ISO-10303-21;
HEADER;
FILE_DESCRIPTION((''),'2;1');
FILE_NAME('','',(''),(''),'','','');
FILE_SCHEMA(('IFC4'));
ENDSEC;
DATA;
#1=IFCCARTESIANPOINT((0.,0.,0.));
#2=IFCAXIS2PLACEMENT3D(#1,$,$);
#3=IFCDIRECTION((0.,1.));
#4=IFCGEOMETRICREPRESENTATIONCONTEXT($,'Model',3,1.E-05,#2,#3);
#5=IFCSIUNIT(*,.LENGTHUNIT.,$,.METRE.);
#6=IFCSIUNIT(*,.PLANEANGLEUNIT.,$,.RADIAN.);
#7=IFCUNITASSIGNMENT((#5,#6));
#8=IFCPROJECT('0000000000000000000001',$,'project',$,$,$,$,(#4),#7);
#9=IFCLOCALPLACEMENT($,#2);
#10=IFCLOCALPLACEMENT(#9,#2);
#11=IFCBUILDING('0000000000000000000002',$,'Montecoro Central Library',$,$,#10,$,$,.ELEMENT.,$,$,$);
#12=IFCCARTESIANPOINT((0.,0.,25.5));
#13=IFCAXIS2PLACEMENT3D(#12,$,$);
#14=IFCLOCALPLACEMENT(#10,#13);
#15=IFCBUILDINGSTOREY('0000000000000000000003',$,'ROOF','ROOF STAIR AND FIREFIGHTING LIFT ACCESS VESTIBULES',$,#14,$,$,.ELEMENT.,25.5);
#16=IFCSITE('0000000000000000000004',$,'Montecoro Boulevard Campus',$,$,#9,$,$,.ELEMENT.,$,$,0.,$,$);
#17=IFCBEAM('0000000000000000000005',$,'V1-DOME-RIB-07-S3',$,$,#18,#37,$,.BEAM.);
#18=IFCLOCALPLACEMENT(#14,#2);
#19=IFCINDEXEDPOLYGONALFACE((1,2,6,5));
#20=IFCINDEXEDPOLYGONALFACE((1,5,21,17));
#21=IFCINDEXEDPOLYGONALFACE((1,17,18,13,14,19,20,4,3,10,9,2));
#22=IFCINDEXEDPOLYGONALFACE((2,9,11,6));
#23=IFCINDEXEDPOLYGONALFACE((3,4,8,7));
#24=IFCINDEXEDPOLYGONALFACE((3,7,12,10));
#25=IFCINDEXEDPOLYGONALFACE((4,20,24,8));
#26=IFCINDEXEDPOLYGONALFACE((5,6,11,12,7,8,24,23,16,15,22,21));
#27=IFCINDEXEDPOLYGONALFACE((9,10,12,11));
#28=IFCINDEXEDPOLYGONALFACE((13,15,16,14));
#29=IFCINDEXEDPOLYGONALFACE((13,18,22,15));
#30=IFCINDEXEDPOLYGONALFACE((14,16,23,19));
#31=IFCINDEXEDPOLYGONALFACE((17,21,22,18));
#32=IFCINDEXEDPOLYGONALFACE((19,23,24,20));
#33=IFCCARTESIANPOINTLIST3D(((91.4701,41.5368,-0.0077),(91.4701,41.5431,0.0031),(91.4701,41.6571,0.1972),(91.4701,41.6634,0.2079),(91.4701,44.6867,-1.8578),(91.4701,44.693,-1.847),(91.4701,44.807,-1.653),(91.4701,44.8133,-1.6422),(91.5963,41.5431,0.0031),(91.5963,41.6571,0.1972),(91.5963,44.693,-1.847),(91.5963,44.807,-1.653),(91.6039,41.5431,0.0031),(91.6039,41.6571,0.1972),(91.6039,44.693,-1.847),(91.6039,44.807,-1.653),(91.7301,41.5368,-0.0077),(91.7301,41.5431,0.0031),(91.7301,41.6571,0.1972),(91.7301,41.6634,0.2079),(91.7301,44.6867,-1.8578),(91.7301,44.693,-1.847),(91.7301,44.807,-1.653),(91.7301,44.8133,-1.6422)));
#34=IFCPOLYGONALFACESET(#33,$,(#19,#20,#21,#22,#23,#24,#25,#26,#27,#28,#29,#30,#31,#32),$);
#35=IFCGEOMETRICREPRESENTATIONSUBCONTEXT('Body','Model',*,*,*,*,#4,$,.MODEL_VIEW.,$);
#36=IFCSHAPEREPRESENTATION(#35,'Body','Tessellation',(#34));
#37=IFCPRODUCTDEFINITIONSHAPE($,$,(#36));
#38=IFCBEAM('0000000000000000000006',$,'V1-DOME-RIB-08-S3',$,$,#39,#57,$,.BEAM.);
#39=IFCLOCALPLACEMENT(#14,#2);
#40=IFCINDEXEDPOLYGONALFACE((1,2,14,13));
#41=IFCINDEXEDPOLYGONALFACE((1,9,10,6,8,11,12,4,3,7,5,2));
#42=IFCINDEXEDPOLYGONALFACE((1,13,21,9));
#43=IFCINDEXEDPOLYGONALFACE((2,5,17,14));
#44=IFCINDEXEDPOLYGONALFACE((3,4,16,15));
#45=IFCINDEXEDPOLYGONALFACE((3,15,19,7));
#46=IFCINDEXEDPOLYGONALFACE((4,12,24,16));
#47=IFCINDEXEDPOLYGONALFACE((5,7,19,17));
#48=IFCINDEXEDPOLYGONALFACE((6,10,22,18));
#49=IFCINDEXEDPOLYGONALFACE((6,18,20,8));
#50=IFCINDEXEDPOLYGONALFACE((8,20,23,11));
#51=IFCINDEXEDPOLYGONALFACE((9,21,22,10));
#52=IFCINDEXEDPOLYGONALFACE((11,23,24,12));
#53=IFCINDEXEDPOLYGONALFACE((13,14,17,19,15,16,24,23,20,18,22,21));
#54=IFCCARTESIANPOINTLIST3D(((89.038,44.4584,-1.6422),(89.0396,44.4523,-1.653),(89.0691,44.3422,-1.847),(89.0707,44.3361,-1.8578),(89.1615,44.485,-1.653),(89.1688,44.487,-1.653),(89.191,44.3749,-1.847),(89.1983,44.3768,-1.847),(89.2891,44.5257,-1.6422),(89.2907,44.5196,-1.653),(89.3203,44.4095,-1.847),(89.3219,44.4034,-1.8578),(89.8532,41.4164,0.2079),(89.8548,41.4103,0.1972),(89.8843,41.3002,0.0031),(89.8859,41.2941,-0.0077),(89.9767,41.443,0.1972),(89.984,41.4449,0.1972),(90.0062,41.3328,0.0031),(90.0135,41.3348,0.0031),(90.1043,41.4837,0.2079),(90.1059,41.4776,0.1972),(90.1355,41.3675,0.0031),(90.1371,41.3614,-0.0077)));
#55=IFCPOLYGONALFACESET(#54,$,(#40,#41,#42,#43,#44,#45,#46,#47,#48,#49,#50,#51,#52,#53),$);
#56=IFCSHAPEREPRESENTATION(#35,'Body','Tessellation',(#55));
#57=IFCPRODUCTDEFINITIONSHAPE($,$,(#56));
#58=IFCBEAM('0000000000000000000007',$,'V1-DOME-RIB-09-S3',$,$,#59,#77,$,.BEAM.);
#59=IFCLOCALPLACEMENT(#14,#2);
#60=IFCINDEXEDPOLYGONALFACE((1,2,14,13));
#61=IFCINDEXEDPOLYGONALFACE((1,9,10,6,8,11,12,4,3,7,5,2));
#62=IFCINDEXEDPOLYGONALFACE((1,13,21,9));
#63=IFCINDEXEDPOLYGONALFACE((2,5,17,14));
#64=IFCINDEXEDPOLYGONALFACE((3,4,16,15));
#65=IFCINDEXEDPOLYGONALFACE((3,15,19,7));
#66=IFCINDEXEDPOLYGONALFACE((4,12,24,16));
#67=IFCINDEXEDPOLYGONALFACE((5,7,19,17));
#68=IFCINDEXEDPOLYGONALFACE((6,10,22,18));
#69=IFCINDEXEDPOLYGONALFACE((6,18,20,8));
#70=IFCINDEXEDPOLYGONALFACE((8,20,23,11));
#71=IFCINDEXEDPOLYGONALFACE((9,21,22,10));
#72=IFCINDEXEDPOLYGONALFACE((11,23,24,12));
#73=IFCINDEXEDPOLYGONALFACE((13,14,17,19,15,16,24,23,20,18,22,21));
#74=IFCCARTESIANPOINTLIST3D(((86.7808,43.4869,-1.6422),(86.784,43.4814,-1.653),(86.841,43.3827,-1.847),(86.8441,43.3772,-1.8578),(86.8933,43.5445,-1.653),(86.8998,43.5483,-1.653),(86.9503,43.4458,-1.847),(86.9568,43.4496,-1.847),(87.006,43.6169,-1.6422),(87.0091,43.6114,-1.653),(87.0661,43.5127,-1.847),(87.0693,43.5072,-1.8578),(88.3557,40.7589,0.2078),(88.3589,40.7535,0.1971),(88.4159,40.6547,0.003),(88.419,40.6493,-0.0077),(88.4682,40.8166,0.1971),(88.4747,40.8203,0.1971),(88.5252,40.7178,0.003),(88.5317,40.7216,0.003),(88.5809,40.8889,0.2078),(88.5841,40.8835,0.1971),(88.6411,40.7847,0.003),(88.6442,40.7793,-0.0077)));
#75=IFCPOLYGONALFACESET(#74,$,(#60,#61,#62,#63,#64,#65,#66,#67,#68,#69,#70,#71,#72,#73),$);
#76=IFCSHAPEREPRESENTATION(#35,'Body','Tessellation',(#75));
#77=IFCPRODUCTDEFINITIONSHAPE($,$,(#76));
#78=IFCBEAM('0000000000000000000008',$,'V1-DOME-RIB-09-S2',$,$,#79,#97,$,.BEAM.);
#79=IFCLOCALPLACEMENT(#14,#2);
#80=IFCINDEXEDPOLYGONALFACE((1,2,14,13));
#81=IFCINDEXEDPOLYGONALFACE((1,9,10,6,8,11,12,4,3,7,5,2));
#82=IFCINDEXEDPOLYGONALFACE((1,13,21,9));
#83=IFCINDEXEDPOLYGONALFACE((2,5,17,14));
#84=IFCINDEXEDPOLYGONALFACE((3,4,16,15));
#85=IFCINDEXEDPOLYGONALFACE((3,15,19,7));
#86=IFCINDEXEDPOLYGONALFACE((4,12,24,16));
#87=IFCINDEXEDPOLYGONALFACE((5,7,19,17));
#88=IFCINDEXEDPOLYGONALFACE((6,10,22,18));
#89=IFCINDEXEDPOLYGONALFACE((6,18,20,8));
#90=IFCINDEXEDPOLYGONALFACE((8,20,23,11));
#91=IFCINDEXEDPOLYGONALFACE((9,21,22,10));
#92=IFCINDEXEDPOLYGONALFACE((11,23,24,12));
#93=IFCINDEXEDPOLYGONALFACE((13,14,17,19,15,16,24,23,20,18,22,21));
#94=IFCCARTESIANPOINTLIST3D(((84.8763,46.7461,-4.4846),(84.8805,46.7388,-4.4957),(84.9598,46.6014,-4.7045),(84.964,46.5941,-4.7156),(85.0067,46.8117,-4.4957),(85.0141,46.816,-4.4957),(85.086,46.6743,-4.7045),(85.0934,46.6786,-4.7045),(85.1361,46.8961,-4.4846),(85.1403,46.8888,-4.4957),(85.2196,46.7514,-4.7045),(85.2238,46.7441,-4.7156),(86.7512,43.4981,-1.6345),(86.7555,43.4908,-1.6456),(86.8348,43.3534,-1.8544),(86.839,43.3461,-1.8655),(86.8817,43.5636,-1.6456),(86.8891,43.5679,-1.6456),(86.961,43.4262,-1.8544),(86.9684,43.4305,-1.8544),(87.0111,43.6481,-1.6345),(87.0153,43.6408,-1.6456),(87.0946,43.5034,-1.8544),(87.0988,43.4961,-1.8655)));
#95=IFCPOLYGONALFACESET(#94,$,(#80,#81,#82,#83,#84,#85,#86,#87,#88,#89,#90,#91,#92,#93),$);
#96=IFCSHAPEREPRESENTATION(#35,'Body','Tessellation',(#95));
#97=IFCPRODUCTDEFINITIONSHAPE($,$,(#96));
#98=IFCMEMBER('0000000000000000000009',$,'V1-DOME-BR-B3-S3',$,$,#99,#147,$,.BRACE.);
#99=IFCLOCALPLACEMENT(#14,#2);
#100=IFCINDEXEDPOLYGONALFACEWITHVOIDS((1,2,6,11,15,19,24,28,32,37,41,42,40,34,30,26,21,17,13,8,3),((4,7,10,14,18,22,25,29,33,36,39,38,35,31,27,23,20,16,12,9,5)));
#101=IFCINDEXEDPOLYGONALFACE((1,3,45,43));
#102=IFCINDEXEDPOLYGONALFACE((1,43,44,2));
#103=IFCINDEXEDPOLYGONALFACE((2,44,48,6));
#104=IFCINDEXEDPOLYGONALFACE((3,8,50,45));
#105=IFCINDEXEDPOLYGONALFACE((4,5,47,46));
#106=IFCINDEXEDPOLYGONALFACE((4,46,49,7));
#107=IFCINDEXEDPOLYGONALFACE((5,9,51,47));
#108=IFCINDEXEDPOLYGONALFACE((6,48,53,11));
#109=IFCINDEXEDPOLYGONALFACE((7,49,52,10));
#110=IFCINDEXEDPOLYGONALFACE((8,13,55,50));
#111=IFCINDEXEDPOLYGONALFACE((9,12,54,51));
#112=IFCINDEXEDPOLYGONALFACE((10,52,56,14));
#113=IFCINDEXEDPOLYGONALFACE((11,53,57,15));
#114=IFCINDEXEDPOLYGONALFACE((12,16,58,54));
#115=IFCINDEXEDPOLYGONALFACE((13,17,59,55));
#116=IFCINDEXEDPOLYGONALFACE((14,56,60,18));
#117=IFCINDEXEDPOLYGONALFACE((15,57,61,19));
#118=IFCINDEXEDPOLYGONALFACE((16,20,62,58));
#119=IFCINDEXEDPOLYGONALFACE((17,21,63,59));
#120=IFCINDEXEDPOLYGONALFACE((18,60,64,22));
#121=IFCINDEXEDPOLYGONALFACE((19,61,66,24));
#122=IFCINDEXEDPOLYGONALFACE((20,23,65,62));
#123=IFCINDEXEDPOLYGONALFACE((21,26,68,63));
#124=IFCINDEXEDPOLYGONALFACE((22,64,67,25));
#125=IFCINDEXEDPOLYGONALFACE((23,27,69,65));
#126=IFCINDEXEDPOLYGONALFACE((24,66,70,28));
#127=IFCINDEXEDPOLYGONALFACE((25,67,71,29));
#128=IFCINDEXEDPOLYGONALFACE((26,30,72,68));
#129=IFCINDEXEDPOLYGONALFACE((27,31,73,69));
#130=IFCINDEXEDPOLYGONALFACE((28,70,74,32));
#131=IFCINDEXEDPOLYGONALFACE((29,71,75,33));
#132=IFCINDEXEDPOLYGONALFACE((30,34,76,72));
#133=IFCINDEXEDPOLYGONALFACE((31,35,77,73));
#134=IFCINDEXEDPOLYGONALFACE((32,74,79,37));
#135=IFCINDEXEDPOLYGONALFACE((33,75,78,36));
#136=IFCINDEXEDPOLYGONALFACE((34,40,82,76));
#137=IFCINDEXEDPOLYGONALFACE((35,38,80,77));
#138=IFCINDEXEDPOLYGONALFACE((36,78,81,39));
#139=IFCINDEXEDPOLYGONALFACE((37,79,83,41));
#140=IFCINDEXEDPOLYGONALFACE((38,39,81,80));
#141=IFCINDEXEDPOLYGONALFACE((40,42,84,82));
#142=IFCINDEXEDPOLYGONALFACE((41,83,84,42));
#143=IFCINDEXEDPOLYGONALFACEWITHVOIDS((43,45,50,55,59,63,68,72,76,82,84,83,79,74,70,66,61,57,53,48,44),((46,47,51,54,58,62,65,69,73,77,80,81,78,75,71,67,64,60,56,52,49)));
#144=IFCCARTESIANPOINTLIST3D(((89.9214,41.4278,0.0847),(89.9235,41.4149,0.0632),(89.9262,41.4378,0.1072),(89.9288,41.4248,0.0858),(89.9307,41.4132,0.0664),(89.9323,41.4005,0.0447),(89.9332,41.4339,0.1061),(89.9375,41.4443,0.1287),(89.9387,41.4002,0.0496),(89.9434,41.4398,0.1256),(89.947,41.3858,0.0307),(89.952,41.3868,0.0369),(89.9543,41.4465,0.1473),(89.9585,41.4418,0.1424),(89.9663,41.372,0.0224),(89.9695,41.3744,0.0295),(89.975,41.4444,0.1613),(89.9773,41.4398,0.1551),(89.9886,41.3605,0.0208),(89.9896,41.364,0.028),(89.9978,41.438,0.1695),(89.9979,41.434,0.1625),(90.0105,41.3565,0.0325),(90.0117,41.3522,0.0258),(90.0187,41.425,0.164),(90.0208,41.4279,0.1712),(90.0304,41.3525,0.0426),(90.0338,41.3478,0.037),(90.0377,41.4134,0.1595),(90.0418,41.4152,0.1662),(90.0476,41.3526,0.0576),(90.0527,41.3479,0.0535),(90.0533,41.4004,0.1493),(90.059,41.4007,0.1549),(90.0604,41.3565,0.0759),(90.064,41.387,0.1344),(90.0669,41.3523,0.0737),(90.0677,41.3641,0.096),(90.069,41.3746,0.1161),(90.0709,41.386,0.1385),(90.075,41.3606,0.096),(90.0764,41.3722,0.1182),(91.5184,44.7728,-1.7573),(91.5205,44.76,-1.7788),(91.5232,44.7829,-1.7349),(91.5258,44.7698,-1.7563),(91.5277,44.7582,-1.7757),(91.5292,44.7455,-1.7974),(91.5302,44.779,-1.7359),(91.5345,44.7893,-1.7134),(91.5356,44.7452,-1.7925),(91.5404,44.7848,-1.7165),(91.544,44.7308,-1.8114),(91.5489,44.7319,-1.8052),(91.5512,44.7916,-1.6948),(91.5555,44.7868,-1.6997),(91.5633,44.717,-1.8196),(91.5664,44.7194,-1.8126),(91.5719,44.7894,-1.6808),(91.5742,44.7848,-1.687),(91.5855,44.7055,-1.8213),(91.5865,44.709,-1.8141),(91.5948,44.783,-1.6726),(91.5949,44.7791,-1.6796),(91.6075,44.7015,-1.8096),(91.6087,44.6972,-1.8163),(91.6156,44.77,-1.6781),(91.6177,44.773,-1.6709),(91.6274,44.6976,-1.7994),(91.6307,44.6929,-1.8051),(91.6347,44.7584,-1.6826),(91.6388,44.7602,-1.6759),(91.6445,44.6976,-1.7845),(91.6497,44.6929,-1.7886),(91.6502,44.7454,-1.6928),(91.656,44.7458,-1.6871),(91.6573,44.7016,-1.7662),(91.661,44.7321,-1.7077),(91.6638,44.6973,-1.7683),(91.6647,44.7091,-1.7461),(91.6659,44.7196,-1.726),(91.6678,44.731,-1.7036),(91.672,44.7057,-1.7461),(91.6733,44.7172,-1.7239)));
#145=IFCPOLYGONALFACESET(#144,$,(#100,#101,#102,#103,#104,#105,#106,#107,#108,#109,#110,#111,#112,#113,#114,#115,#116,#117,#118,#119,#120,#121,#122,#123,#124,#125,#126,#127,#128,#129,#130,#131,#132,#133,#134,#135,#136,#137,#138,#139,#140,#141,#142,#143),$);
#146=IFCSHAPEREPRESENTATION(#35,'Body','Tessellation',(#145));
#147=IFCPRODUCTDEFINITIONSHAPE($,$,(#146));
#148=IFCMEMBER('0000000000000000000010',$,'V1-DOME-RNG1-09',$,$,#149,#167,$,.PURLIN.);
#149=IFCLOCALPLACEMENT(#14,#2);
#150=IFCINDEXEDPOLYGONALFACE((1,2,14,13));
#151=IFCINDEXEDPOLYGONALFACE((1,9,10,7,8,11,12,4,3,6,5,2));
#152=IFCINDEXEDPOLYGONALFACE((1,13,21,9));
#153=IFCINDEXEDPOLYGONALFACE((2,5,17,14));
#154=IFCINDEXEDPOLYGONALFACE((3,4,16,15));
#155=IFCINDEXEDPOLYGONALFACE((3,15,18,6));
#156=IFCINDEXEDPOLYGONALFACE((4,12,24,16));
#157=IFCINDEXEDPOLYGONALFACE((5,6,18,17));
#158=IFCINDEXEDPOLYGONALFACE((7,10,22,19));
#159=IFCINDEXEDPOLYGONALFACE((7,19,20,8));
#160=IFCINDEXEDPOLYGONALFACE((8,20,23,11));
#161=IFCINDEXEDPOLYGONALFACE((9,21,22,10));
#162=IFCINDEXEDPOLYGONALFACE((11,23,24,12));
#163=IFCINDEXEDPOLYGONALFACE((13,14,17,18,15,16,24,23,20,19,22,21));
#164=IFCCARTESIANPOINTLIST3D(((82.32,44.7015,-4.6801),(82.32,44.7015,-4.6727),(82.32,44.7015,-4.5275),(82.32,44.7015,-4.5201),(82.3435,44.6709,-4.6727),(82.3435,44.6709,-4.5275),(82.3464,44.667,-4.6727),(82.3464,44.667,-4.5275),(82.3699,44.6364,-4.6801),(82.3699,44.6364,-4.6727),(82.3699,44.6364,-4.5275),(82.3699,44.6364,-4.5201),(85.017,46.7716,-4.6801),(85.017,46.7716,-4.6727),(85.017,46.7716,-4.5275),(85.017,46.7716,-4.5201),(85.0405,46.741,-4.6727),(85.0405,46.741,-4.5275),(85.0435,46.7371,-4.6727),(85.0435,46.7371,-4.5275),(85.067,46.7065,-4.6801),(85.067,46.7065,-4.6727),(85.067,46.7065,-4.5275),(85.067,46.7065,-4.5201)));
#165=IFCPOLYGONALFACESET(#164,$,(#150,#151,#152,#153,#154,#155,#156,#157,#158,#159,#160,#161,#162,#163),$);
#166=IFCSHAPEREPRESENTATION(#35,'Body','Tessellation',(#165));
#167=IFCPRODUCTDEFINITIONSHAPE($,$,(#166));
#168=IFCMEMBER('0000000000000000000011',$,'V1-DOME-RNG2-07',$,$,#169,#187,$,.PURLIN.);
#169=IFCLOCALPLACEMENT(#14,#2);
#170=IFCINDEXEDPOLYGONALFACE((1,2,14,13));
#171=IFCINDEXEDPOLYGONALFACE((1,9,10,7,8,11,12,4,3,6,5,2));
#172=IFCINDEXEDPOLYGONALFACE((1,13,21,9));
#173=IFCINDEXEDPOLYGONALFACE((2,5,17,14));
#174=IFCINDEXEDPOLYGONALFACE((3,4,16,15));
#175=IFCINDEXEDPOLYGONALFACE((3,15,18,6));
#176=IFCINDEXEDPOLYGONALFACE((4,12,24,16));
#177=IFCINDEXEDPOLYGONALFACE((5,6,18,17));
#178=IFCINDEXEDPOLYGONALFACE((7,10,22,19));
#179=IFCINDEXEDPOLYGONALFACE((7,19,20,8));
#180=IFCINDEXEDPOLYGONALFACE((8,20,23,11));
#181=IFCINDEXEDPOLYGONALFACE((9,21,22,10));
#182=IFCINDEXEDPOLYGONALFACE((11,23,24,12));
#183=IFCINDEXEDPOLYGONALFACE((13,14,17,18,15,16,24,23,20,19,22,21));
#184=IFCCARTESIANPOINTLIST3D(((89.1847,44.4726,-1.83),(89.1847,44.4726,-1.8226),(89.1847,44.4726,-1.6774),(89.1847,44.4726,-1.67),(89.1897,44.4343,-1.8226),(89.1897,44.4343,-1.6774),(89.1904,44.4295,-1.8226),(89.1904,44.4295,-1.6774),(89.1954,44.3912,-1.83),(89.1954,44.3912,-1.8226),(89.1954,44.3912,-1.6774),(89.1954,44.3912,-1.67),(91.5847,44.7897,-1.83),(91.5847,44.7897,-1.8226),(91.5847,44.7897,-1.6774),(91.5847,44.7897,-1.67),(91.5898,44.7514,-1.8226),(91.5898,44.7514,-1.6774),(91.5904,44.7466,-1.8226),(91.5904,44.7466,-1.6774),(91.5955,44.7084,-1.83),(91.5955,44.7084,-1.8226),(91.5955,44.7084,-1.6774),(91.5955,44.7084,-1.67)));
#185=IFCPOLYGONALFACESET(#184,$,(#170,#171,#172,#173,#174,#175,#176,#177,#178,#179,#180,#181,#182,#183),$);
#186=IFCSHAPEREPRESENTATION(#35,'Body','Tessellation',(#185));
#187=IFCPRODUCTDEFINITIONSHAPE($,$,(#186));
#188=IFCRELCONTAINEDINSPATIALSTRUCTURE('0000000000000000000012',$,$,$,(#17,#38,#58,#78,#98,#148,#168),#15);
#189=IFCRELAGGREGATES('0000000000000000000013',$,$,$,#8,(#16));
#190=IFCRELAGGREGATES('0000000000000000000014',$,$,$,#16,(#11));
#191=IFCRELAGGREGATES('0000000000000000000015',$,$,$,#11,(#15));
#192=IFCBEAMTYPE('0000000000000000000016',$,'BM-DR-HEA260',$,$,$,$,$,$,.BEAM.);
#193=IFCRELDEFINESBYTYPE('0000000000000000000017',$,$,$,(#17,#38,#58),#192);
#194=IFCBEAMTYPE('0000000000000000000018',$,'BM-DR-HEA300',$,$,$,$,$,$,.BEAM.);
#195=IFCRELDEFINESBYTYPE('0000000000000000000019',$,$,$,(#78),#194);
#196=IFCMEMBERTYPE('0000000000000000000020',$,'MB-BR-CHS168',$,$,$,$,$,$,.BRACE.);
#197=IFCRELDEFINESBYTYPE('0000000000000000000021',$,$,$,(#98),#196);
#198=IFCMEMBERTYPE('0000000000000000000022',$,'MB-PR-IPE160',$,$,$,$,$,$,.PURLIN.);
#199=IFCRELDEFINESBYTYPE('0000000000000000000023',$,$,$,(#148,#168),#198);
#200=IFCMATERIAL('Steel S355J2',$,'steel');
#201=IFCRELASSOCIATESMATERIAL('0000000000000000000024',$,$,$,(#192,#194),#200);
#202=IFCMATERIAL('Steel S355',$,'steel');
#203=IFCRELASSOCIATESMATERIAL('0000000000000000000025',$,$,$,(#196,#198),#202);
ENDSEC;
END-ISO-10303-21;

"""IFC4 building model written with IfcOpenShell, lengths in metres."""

from ifc_helpers import new_model, si_unit, direction, frame, origin, origin_2d, place, context, subcontext, project, spatial, hollow_circle, i_section, extrude, material, material_profile, profile_set, type_object, element, save


model = new_model("IFC4")

# Units and contexts
model_context = context("Model", 3, precision=1e-05, world=origin(), true_north=direction((0.0, 1.0)))
body_context = subcontext(model_context, "Body", "Model", "MODEL_VIEW")
ifc_project = project(units=[si_unit("LENGTHUNIT", "METRE"), si_unit("PLANEANGLEUNIT", "RADIAN")], contexts=[model_context])

# Site, building, storey
site_placement = place(None, origin())
site = spatial("IfcSite", under=ifc_project, at=site_placement, Name="Montecoro Boulevard Campus", CompositionType="ELEMENT", RefElevation=0.0)
building_placement = place(site_placement, origin())
building = spatial("IfcBuilding", under=site, at=building_placement, Name="Montecoro Central Library", CompositionType="ELEMENT")
storey_placement = place(building_placement, frame((0.0, 0.0, 25.5)))
storey = spatial("IfcBuildingStorey", under=building, at=storey_placement, Name="ROOF", Description="ROOF STAIR AND FIREFIGHTING LIFT ACCESS VESTIBULES", CompositionType="ELEMENT", Elevation=25.5)

# Beams
ifc_material_1 = material(Name="Steel S355J2", Category="steel")
ifc_material_profile_1 = material_profile(ifc_material_1, i_section(OverallWidth=0.26, OverallDepth=0.25, WebThickness=0.0076, FlangeThickness=0.0125, at=origin_2d()), Name="HEA 260")
ifc_profile_set_1 = profile_set([ifc_material_profile_1], Name="Steel S355J2")
beam_type_1 = type_object("IfcBeamType", Name="BM-DR-HEA260", PredefinedType="BEAM", material=ifc_profile_set_1)
beam_1_placement = place(storey_placement, frame((91.6001, 44.75, -1.75), z_axis=(0.0, -0.862267, 0.506453), x_axis=(1.0, 0.0, 0.0)))
element("IfcBeam", 1, at=beam_1_placement, inside=storey, type_object=beam_type_1, Name="V1-DOME-RIB-07-S3", PredefinedType="BEAM", context=body_context, shape_type="SweptSolid", body=[
    extrude(i_section(OverallWidth=0.26, OverallDepth=0.25, WebThickness=0.0076, FlangeThickness=0.0125, at=origin_2d()), origin(), (0.0, 0.0, 1.0), 3.6531),
])
beam_2_placement = place(storey_placement, frame((89.1799, 44.4309, -1.75), z_axis=(0.223183, -0.832841, 0.506523), x_axis=(0.965919, 0.258845, 0.0)))
element("IfcBeam", 2, at=beam_2_placement, inside=storey, type_object=beam_type_1, Name="V1-DOME-RIB-08-S3", PredefinedType="BEAM", context=body_context, shape_type="SweptSolid", body=[
    extrude(i_section(OverallWidth=0.26, OverallDepth=0.25, WebThickness=0.0076, FlangeThickness=0.0125, at=origin_2d()), origin(), (0.0, 0.0, 1.0), 3.6526),
])
beam_3_placement = place(storey_placement, frame((86.925, 43.4971, -1.75), z_axis=(0.431122, -0.746761, 0.50644), x_axis=(0.866036, 0.499982, 0.0)))
element("IfcBeam", 3, at=beam_3_placement, inside=storey, type_object=beam_type_1, Name="V1-DOME-RIB-09-S3", PredefinedType="BEAM", context=body_context, shape_type="SweptSolid", body=[
    extrude(i_section(OverallWidth=0.26, OverallDepth=0.25, WebThickness=0.0076, FlangeThickness=0.0125, at=origin_2d()), origin(), (0.0, 0.0, 1.0), 3.6531),
])
ifc_material_profile_2 = material_profile(ifc_material_1, i_section(OverallWidth=0.3, OverallDepth=0.29, WebThickness=0.0085, FlangeThickness=0.0139, at=origin_2d()), Name="HEA 300")
ifc_profile_set_2 = profile_set([ifc_material_profile_2], Name="Steel S355J2")
beam_type_2 = type_object("IfcBeamType", Name="BM-DR-HEA300", PredefinedType="BEAM", material=ifc_profile_set_2)
beam_4_placement = place(storey_placement, frame((85.05, 46.7451, -4.6001), z_axis=(0.39805, -0.689538, 0.605056), x_axis=(0.866056, 0.499948, 0.0)))
element("IfcBeam", 4, at=beam_4_placement, inside=storey, type_object=beam_type_2, Name="V1-DOME-RIB-09-S2", PredefinedType="BEAM", context=body_context, shape_type="SweptSolid", body=[
    extrude(i_section(OverallWidth=0.3, OverallDepth=0.29, WebThickness=0.0085, FlangeThickness=0.0139, at=origin_2d()), origin(), (0.0, 0.0, 1.0), 4.7104),
])

# Members
ifc_material_2 = material(Name="Steel S355", Category="steel")
ifc_material_profile_3 = material_profile(ifc_material_2, hollow_circle(Radius=0.0842, WallThickness=0.0081, at=origin_2d()), Name="CHS 168.3x8.0")
ifc_profile_set_3 = profile_set([ifc_material_profile_3], Name="Steel S355")
member_type_1 = type_object("IfcMemberType", Name="MB-BR-CHS168", PredefinedType="BRACE", material=ifc_profile_set_3)
member_1_placement = place(storey_placement, frame((91.5959, 44.7419, -1.7461), z_axis=(-0.385815, -0.808141, 0.445035), x_axis=(0.902433, -0.430831, 0.0)))
element("IfcMember", 5, at=member_1_placement, inside=storey, type_object=member_type_1, Name="V1-DOME-BR-B3-S3", PredefinedType="BRACE", context=body_context, shape_type="SweptSolid", body=[
    extrude(hollow_circle(Radius=0.0842, WallThickness=0.0081, at=origin_2d()), origin(), (0.0, 0.0, 1.0), 4.1392),
])
ifc_material_profile_4 = material_profile(ifc_material_2, i_section(OverallWidth=0.082, OverallDepth=0.1599, WebThickness=0.0049, FlangeThickness=0.0073, at=origin_2d()), Name="IPE 160")
ifc_profile_set_4 = profile_set([ifc_material_profile_4], Name="Steel S355")
member_type_2 = type_object("IfcMemberType", Name="MB-PR-IPE160", PredefinedType="PURLIN", material=ifc_profile_set_4)
member_2_placement = place(storey_placement, frame((85.042, 46.739, -4.6001), z_axis=(-0.793272, -0.608867, 0.0), x_axis=(0.608867, -0.793272, 0.0)))
element("IfcMember", 6, at=member_2_placement, inside=storey, type_object=member_type_2, Name="V1-DOME-RNG1-09", PredefinedType="PURLIN", context=body_context, shape_type="SweptSolid", body=[
    extrude(i_section(OverallWidth=0.082, OverallDepth=0.1599, WebThickness=0.0049, FlangeThickness=0.0073, at=origin_2d()), origin(), (0.0, 0.0, 1.0), 3.3999),
])
for number, where, z_axis, x_axis, name in (
    (7, (91.5901, 44.749, -1.75), (-0.991383, -0.130994, 0.0), (0.130994, -0.991383, 0.0), "V1-DOME-RNG2-07"),
):
    element("IfcMember", number, at=place(storey_placement, frame(where, z_axis=z_axis, x_axis=x_axis)), inside=storey, type_object=member_type_2, Name=name, PredefinedType="PURLIN", context=body_context, shape_type="SweptSolid", body=[
        extrude(i_section(OverallWidth=0.082, OverallDepth=0.1599, WebThickness=0.0049, FlangeThickness=0.0073, at=origin_2d()), origin(), (0.0, 0.0, 1.0), 2.4209),
    ])

save(model, "model.ifc")
